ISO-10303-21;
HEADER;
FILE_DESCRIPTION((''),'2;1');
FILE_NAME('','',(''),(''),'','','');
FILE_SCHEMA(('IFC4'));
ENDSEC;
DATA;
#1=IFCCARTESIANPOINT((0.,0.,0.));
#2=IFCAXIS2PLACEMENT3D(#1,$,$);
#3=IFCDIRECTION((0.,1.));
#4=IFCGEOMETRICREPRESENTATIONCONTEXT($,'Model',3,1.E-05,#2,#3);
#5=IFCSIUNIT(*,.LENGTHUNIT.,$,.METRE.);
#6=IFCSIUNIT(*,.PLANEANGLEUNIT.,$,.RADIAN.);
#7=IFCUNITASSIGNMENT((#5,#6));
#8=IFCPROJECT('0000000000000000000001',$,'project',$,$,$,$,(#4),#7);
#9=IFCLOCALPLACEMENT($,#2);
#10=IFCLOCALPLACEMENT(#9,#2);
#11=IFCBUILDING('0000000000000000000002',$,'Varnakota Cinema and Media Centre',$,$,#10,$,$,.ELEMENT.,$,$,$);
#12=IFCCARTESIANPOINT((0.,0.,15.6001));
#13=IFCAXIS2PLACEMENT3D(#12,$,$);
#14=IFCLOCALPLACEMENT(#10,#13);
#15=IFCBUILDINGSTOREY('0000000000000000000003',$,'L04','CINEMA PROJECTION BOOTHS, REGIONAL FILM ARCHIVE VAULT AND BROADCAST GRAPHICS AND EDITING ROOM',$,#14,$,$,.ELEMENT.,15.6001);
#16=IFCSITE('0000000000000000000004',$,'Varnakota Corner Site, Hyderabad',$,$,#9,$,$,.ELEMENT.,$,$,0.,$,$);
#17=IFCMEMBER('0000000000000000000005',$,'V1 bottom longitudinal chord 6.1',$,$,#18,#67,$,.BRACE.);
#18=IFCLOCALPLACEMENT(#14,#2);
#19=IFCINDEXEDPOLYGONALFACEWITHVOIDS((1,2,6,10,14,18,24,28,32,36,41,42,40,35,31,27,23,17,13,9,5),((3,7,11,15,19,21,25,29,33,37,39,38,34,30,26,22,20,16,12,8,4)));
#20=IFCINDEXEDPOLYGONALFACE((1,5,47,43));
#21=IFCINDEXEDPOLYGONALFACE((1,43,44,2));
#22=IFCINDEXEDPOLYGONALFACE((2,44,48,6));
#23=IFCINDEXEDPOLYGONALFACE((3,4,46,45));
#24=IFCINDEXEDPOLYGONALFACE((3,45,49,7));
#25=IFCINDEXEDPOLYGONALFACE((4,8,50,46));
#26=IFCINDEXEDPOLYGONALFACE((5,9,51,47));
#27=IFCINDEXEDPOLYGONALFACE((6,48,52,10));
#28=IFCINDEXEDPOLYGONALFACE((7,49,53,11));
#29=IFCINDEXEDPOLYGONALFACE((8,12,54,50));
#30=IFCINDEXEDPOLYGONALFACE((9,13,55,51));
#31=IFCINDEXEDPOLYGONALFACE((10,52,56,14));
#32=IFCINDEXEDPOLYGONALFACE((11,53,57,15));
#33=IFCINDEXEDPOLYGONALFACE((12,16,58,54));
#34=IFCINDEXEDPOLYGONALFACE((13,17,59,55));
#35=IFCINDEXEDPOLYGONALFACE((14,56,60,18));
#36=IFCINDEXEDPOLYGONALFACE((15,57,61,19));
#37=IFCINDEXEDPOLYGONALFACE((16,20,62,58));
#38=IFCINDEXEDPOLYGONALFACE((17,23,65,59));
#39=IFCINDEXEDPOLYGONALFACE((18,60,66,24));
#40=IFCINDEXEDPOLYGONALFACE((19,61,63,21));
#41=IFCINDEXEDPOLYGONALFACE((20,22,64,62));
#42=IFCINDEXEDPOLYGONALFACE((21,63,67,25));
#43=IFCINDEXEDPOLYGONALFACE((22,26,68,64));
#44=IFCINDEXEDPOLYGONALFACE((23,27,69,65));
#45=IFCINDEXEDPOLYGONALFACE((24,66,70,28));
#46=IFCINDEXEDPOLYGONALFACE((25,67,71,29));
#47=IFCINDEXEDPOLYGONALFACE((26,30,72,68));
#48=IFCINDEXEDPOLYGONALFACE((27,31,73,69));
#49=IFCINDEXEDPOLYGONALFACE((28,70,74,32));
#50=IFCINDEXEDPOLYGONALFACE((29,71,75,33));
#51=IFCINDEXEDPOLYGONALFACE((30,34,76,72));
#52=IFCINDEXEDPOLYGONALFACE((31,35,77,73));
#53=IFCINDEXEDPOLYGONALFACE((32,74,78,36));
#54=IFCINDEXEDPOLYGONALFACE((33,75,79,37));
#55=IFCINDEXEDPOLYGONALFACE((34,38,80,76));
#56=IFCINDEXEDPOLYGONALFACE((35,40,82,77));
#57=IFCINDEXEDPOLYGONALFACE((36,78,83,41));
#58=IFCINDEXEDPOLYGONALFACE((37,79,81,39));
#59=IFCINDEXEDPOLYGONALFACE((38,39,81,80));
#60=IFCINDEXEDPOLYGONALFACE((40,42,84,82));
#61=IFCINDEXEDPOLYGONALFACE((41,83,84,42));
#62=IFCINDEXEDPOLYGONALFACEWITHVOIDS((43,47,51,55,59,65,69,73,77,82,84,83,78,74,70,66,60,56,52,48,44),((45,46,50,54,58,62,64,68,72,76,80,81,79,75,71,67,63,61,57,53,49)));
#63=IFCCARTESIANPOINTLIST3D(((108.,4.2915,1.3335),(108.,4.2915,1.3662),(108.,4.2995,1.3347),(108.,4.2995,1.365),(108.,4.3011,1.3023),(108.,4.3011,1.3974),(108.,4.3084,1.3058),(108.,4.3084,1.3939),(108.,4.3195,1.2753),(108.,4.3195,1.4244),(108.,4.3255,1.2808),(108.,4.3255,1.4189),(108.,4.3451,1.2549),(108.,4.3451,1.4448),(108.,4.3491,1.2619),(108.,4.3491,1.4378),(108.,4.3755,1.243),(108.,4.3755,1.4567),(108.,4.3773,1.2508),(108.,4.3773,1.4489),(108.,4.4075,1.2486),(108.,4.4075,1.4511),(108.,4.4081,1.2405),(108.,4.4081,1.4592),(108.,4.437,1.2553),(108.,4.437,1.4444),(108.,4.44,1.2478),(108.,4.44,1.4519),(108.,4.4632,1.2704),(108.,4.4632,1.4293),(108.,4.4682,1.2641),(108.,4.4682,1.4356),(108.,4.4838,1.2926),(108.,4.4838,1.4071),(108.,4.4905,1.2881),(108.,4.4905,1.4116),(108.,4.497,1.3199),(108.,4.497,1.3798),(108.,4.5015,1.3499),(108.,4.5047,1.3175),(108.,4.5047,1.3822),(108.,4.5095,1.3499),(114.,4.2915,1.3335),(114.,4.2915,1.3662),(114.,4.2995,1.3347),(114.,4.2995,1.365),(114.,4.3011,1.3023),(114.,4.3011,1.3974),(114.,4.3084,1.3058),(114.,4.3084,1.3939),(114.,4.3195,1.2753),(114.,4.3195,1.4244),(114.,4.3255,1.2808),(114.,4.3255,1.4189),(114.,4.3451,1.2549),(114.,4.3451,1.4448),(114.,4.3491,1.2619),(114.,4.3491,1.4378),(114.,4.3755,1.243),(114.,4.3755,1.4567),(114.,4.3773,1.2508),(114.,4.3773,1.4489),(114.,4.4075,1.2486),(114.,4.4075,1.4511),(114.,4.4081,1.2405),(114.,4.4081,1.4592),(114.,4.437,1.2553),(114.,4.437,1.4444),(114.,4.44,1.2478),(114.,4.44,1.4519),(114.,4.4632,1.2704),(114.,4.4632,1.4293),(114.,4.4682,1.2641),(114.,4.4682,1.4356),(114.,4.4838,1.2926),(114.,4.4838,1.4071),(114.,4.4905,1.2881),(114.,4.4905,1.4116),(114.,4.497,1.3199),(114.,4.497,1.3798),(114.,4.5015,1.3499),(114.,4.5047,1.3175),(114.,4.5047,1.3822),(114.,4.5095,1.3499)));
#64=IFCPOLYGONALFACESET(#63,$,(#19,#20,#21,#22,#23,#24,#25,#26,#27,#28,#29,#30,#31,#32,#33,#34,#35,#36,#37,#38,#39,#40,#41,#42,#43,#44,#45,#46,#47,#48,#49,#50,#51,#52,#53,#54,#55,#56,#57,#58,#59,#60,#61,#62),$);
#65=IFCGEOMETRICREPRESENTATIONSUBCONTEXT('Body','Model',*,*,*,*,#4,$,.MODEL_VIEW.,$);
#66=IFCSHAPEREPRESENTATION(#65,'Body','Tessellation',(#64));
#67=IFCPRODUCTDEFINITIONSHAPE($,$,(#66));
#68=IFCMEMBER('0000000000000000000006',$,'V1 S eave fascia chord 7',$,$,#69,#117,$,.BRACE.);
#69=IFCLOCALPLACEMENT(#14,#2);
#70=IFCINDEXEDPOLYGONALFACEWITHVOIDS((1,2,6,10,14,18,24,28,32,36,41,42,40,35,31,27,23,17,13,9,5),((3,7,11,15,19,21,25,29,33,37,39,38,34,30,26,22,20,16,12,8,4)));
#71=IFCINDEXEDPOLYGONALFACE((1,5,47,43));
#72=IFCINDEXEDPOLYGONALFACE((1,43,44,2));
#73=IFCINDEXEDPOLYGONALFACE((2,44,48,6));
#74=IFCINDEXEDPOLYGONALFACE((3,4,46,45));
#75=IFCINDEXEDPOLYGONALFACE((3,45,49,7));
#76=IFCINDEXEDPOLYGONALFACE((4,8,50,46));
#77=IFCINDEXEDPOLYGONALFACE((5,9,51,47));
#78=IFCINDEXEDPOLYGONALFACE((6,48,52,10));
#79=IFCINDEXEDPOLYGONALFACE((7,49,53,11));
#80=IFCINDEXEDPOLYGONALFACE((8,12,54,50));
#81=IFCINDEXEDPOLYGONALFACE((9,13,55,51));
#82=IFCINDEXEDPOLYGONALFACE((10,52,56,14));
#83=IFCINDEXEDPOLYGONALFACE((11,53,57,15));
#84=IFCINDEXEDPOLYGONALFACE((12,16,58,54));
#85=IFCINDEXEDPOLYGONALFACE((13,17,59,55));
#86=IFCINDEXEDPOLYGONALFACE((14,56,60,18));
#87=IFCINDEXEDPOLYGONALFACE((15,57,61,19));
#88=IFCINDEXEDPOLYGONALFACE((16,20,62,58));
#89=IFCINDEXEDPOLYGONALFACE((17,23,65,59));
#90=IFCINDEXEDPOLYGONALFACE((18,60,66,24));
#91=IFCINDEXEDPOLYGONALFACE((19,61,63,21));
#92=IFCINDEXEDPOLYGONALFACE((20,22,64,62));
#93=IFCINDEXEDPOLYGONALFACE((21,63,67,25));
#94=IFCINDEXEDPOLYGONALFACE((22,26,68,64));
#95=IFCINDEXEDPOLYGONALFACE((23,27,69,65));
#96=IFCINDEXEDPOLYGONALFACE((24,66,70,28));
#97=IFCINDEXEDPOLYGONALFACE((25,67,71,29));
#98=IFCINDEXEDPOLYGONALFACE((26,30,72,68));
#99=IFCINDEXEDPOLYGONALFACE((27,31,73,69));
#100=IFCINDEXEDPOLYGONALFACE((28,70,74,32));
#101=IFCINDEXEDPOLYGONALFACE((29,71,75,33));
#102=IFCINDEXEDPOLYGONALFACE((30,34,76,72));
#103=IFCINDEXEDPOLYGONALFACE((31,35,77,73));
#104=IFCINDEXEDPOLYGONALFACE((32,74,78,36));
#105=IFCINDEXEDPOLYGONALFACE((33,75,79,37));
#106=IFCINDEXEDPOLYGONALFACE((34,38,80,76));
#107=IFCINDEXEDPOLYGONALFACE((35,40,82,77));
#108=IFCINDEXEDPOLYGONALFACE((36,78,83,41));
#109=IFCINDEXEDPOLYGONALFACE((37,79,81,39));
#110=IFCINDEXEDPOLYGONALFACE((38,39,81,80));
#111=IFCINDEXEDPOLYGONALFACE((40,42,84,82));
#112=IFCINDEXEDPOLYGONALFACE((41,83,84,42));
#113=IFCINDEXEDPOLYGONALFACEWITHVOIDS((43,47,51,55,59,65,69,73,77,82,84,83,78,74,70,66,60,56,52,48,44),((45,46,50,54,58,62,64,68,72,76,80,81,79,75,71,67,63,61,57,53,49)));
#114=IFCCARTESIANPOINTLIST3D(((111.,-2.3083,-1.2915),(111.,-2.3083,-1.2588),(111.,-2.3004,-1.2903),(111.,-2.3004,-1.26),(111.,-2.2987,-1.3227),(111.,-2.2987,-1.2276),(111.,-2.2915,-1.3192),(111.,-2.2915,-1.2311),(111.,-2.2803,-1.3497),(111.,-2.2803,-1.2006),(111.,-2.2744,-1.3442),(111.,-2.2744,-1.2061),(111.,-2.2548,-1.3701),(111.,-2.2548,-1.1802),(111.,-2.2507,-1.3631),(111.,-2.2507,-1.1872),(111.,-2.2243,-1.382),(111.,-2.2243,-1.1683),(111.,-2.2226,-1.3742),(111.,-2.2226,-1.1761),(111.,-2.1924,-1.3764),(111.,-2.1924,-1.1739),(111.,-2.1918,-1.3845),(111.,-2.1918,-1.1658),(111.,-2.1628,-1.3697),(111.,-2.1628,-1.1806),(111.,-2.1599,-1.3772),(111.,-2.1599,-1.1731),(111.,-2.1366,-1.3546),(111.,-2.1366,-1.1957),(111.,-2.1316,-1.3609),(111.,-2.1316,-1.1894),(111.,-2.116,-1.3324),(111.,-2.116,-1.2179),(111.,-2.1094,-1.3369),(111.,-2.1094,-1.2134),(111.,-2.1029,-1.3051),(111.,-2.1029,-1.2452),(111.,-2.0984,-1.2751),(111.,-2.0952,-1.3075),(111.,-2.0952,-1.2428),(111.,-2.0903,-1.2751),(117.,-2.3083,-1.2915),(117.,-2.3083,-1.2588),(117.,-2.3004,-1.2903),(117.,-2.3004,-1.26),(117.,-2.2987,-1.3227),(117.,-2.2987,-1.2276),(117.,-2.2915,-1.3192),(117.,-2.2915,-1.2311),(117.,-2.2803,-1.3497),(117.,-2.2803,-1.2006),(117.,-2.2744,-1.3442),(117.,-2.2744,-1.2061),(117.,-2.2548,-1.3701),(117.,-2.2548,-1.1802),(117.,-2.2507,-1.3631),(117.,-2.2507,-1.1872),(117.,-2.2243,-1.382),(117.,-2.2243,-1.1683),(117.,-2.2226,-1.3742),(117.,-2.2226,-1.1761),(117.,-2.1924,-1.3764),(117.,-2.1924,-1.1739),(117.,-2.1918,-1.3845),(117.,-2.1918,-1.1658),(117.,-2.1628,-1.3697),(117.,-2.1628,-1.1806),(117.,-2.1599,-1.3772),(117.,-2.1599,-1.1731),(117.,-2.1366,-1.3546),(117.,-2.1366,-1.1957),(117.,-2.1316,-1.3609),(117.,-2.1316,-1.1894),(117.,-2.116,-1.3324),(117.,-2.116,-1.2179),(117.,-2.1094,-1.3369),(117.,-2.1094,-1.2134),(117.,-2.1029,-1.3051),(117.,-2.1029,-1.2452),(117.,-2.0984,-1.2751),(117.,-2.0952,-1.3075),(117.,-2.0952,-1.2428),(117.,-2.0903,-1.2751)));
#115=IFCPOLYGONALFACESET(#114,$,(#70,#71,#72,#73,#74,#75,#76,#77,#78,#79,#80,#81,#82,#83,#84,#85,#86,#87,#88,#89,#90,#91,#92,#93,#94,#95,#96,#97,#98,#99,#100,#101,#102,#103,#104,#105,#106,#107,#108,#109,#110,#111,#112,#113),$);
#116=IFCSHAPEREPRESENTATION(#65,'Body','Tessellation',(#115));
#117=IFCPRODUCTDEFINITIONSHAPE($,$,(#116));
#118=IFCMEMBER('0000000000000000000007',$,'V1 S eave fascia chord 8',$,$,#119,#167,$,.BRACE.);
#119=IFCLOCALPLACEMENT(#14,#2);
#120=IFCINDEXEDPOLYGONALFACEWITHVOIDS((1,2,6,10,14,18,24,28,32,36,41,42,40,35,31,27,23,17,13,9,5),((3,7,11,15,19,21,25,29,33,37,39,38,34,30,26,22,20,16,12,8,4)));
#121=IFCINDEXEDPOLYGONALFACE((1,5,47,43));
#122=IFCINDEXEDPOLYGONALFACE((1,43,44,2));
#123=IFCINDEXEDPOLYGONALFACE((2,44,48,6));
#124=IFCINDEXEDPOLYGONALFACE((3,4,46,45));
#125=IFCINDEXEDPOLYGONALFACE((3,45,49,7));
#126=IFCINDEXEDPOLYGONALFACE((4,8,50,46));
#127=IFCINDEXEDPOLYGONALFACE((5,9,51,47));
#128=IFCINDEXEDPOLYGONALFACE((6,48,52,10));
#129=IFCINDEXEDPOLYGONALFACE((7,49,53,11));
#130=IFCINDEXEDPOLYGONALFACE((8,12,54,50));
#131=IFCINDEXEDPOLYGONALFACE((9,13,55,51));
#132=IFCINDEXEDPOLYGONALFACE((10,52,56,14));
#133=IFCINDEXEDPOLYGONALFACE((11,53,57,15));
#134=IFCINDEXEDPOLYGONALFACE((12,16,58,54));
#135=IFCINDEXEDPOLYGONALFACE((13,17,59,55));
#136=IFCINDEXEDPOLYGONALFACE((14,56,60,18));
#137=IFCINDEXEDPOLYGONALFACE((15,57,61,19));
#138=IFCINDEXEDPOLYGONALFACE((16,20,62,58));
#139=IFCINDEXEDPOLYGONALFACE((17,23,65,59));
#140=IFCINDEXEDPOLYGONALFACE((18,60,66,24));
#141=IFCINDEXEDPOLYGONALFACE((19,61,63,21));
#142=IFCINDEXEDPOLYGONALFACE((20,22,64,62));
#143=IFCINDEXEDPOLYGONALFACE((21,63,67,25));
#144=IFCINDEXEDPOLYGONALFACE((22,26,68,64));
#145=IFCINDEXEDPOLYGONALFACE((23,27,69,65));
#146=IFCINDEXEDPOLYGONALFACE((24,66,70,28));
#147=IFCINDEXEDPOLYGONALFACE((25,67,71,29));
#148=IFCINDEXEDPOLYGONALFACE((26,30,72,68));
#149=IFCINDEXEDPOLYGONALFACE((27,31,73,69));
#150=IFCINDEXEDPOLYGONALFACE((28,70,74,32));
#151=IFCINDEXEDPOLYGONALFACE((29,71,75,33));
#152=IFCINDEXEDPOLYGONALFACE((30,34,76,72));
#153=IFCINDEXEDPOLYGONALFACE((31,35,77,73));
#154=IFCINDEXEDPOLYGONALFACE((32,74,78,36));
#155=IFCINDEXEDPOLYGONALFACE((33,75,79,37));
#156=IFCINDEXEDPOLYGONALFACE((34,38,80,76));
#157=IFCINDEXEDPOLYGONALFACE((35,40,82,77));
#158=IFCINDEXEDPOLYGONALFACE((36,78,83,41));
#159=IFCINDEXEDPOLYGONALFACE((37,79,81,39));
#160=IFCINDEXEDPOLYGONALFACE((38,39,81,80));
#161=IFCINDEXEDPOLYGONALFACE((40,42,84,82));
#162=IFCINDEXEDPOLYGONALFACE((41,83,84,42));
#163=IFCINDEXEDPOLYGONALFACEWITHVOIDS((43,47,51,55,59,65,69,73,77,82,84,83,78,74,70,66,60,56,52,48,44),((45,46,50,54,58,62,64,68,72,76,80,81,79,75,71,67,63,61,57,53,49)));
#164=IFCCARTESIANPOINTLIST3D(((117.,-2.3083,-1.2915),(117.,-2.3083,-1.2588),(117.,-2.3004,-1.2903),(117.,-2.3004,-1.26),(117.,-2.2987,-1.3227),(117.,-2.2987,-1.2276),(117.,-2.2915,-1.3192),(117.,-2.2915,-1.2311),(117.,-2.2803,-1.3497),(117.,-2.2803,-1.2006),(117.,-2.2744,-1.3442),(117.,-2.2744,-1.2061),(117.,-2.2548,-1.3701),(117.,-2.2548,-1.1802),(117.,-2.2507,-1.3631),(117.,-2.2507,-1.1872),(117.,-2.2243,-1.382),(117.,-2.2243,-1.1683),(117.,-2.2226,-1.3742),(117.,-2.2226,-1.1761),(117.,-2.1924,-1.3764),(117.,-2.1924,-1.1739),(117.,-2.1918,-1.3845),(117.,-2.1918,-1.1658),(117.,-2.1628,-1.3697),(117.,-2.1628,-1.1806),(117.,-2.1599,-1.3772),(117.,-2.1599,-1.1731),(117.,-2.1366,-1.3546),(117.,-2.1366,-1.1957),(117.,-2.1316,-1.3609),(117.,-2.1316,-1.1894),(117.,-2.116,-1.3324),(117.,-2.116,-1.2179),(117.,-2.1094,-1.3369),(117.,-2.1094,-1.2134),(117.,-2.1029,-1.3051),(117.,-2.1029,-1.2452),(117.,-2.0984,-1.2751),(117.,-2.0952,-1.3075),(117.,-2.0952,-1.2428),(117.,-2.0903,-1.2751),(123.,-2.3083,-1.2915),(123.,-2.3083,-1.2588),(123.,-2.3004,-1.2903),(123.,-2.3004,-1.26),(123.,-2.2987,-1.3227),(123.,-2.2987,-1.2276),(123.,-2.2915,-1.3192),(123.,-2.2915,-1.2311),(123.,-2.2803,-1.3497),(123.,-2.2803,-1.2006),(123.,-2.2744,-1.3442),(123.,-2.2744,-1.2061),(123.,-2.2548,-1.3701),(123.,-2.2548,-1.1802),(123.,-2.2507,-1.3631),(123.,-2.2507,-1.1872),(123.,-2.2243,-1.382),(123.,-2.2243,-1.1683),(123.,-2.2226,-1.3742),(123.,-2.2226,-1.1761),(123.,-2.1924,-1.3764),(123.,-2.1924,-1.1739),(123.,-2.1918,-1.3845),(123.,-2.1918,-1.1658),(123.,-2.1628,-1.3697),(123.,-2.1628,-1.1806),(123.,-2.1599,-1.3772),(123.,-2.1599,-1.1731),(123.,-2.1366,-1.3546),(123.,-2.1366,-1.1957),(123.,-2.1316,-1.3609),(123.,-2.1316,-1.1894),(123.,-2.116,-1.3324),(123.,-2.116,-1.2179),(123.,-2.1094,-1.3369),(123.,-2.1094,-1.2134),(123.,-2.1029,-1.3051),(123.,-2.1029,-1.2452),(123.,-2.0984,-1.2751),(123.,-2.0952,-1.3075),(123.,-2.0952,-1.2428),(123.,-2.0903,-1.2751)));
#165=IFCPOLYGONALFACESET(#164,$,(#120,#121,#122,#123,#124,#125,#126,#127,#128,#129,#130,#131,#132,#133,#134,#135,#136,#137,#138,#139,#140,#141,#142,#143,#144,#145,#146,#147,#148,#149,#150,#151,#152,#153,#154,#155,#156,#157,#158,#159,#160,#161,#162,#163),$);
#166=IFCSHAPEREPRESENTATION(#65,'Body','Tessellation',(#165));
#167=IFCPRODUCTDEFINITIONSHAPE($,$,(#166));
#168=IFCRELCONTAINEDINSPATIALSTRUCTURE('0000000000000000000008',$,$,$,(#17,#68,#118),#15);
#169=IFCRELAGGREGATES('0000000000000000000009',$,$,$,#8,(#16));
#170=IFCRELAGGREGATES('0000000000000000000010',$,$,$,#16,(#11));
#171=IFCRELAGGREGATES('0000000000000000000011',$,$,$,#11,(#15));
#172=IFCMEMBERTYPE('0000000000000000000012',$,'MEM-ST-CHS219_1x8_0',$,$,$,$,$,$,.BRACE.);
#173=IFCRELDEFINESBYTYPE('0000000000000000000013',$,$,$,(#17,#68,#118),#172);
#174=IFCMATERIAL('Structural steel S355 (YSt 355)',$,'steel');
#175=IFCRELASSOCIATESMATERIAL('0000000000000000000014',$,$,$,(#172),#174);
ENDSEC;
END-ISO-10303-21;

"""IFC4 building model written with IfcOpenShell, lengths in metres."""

from ifc_helpers import new_model, si_unit, direction, frame, origin, origin_2d, place, context, subcontext, project, spatial, hollow_circle, extrude, material, material_profile, profile_set, type_object, element, save


model = new_model("IFC4")

# Units and contexts
model_context = context("Model", 3, precision=1e-05, world=origin(), true_north=direction((0.0, 1.0)))
body_context = subcontext(model_context, "Body", "Model", "MODEL_VIEW")
ifc_project = project(units=[si_unit("LENGTHUNIT", "METRE"), si_unit("PLANEANGLEUNIT", "RADIAN")], contexts=[model_context])

# Site, building, storey
site_placement = place(None, origin())
site = spatial("IfcSite", under=ifc_project, at=site_placement, Name="Varnakota Corner Site, Hyderabad", CompositionType="ELEMENT", RefElevation=0.0)
building_placement = place(site_placement, origin())
building = spatial("IfcBuilding", under=site, at=building_placement, Name="Varnakota Cinema and Media Centre", CompositionType="ELEMENT")
storey_placement = place(building_placement, frame((0.0, 0.0, 15.6001)))
storey = spatial("IfcBuildingStorey", under=building, at=storey_placement, Name="L04", Description="CINEMA PROJECTION BOOTHS, REGIONAL FILM ARCHIVE VAULT AND BROADCAST GRAPHICS AND EDITING ROOM", CompositionType="ELEMENT", Elevation=15.6001)

# Members
ifc_material_1 = material(Name="Structural steel S355 (YSt 355)", Category="steel")
ifc_material_profile_1 = material_profile(ifc_material_1, hollow_circle(Radius=0.1096, WallThickness=0.0081, at=origin_2d()), Name="CHS 219.1x8.0")
ifc_profile_set_1 = profile_set([ifc_material_profile_1], Name="Structural steel S355 (YSt 355)")
member_type_1 = type_object("IfcMemberType", Name="MEM-ST-CHS219_1x8_0", PredefinedType="BRACE", material=ifc_profile_set_1)
for number, where, z_axis, x_axis, name in (
    (1, (108.0, 4.3999, 1.3499), (1.0, 0.0, 0.0), (0.0, 1.0, 0.0), "V1 bottom longitudinal chord 6.1"),
    (2, (111.0, -2.2, -1.2751), (1.0, 0.0, 0.0), (0.0, 1.0, 0.0), "V1 S eave fascia chord 7"),
    (3, (117.0, -2.2, -1.2751), (1.0, 0.0, 0.0), (0.0, 1.0, 0.0), "V1 S eave fascia chord 8"),
):
    element("IfcMember", number, at=place(storey_placement, frame(where, z_axis=z_axis, x_axis=x_axis)), inside=storey, type_object=member_type_1, Name=name, PredefinedType="BRACE", context=body_context, shape_type="SweptSolid", body=[
        extrude(hollow_circle(Radius=0.1096, WallThickness=0.0081, at=origin_2d()), origin(), (0.0, 0.0, 1.0), 6.0),
    ])

save(model, "model.ifc")
